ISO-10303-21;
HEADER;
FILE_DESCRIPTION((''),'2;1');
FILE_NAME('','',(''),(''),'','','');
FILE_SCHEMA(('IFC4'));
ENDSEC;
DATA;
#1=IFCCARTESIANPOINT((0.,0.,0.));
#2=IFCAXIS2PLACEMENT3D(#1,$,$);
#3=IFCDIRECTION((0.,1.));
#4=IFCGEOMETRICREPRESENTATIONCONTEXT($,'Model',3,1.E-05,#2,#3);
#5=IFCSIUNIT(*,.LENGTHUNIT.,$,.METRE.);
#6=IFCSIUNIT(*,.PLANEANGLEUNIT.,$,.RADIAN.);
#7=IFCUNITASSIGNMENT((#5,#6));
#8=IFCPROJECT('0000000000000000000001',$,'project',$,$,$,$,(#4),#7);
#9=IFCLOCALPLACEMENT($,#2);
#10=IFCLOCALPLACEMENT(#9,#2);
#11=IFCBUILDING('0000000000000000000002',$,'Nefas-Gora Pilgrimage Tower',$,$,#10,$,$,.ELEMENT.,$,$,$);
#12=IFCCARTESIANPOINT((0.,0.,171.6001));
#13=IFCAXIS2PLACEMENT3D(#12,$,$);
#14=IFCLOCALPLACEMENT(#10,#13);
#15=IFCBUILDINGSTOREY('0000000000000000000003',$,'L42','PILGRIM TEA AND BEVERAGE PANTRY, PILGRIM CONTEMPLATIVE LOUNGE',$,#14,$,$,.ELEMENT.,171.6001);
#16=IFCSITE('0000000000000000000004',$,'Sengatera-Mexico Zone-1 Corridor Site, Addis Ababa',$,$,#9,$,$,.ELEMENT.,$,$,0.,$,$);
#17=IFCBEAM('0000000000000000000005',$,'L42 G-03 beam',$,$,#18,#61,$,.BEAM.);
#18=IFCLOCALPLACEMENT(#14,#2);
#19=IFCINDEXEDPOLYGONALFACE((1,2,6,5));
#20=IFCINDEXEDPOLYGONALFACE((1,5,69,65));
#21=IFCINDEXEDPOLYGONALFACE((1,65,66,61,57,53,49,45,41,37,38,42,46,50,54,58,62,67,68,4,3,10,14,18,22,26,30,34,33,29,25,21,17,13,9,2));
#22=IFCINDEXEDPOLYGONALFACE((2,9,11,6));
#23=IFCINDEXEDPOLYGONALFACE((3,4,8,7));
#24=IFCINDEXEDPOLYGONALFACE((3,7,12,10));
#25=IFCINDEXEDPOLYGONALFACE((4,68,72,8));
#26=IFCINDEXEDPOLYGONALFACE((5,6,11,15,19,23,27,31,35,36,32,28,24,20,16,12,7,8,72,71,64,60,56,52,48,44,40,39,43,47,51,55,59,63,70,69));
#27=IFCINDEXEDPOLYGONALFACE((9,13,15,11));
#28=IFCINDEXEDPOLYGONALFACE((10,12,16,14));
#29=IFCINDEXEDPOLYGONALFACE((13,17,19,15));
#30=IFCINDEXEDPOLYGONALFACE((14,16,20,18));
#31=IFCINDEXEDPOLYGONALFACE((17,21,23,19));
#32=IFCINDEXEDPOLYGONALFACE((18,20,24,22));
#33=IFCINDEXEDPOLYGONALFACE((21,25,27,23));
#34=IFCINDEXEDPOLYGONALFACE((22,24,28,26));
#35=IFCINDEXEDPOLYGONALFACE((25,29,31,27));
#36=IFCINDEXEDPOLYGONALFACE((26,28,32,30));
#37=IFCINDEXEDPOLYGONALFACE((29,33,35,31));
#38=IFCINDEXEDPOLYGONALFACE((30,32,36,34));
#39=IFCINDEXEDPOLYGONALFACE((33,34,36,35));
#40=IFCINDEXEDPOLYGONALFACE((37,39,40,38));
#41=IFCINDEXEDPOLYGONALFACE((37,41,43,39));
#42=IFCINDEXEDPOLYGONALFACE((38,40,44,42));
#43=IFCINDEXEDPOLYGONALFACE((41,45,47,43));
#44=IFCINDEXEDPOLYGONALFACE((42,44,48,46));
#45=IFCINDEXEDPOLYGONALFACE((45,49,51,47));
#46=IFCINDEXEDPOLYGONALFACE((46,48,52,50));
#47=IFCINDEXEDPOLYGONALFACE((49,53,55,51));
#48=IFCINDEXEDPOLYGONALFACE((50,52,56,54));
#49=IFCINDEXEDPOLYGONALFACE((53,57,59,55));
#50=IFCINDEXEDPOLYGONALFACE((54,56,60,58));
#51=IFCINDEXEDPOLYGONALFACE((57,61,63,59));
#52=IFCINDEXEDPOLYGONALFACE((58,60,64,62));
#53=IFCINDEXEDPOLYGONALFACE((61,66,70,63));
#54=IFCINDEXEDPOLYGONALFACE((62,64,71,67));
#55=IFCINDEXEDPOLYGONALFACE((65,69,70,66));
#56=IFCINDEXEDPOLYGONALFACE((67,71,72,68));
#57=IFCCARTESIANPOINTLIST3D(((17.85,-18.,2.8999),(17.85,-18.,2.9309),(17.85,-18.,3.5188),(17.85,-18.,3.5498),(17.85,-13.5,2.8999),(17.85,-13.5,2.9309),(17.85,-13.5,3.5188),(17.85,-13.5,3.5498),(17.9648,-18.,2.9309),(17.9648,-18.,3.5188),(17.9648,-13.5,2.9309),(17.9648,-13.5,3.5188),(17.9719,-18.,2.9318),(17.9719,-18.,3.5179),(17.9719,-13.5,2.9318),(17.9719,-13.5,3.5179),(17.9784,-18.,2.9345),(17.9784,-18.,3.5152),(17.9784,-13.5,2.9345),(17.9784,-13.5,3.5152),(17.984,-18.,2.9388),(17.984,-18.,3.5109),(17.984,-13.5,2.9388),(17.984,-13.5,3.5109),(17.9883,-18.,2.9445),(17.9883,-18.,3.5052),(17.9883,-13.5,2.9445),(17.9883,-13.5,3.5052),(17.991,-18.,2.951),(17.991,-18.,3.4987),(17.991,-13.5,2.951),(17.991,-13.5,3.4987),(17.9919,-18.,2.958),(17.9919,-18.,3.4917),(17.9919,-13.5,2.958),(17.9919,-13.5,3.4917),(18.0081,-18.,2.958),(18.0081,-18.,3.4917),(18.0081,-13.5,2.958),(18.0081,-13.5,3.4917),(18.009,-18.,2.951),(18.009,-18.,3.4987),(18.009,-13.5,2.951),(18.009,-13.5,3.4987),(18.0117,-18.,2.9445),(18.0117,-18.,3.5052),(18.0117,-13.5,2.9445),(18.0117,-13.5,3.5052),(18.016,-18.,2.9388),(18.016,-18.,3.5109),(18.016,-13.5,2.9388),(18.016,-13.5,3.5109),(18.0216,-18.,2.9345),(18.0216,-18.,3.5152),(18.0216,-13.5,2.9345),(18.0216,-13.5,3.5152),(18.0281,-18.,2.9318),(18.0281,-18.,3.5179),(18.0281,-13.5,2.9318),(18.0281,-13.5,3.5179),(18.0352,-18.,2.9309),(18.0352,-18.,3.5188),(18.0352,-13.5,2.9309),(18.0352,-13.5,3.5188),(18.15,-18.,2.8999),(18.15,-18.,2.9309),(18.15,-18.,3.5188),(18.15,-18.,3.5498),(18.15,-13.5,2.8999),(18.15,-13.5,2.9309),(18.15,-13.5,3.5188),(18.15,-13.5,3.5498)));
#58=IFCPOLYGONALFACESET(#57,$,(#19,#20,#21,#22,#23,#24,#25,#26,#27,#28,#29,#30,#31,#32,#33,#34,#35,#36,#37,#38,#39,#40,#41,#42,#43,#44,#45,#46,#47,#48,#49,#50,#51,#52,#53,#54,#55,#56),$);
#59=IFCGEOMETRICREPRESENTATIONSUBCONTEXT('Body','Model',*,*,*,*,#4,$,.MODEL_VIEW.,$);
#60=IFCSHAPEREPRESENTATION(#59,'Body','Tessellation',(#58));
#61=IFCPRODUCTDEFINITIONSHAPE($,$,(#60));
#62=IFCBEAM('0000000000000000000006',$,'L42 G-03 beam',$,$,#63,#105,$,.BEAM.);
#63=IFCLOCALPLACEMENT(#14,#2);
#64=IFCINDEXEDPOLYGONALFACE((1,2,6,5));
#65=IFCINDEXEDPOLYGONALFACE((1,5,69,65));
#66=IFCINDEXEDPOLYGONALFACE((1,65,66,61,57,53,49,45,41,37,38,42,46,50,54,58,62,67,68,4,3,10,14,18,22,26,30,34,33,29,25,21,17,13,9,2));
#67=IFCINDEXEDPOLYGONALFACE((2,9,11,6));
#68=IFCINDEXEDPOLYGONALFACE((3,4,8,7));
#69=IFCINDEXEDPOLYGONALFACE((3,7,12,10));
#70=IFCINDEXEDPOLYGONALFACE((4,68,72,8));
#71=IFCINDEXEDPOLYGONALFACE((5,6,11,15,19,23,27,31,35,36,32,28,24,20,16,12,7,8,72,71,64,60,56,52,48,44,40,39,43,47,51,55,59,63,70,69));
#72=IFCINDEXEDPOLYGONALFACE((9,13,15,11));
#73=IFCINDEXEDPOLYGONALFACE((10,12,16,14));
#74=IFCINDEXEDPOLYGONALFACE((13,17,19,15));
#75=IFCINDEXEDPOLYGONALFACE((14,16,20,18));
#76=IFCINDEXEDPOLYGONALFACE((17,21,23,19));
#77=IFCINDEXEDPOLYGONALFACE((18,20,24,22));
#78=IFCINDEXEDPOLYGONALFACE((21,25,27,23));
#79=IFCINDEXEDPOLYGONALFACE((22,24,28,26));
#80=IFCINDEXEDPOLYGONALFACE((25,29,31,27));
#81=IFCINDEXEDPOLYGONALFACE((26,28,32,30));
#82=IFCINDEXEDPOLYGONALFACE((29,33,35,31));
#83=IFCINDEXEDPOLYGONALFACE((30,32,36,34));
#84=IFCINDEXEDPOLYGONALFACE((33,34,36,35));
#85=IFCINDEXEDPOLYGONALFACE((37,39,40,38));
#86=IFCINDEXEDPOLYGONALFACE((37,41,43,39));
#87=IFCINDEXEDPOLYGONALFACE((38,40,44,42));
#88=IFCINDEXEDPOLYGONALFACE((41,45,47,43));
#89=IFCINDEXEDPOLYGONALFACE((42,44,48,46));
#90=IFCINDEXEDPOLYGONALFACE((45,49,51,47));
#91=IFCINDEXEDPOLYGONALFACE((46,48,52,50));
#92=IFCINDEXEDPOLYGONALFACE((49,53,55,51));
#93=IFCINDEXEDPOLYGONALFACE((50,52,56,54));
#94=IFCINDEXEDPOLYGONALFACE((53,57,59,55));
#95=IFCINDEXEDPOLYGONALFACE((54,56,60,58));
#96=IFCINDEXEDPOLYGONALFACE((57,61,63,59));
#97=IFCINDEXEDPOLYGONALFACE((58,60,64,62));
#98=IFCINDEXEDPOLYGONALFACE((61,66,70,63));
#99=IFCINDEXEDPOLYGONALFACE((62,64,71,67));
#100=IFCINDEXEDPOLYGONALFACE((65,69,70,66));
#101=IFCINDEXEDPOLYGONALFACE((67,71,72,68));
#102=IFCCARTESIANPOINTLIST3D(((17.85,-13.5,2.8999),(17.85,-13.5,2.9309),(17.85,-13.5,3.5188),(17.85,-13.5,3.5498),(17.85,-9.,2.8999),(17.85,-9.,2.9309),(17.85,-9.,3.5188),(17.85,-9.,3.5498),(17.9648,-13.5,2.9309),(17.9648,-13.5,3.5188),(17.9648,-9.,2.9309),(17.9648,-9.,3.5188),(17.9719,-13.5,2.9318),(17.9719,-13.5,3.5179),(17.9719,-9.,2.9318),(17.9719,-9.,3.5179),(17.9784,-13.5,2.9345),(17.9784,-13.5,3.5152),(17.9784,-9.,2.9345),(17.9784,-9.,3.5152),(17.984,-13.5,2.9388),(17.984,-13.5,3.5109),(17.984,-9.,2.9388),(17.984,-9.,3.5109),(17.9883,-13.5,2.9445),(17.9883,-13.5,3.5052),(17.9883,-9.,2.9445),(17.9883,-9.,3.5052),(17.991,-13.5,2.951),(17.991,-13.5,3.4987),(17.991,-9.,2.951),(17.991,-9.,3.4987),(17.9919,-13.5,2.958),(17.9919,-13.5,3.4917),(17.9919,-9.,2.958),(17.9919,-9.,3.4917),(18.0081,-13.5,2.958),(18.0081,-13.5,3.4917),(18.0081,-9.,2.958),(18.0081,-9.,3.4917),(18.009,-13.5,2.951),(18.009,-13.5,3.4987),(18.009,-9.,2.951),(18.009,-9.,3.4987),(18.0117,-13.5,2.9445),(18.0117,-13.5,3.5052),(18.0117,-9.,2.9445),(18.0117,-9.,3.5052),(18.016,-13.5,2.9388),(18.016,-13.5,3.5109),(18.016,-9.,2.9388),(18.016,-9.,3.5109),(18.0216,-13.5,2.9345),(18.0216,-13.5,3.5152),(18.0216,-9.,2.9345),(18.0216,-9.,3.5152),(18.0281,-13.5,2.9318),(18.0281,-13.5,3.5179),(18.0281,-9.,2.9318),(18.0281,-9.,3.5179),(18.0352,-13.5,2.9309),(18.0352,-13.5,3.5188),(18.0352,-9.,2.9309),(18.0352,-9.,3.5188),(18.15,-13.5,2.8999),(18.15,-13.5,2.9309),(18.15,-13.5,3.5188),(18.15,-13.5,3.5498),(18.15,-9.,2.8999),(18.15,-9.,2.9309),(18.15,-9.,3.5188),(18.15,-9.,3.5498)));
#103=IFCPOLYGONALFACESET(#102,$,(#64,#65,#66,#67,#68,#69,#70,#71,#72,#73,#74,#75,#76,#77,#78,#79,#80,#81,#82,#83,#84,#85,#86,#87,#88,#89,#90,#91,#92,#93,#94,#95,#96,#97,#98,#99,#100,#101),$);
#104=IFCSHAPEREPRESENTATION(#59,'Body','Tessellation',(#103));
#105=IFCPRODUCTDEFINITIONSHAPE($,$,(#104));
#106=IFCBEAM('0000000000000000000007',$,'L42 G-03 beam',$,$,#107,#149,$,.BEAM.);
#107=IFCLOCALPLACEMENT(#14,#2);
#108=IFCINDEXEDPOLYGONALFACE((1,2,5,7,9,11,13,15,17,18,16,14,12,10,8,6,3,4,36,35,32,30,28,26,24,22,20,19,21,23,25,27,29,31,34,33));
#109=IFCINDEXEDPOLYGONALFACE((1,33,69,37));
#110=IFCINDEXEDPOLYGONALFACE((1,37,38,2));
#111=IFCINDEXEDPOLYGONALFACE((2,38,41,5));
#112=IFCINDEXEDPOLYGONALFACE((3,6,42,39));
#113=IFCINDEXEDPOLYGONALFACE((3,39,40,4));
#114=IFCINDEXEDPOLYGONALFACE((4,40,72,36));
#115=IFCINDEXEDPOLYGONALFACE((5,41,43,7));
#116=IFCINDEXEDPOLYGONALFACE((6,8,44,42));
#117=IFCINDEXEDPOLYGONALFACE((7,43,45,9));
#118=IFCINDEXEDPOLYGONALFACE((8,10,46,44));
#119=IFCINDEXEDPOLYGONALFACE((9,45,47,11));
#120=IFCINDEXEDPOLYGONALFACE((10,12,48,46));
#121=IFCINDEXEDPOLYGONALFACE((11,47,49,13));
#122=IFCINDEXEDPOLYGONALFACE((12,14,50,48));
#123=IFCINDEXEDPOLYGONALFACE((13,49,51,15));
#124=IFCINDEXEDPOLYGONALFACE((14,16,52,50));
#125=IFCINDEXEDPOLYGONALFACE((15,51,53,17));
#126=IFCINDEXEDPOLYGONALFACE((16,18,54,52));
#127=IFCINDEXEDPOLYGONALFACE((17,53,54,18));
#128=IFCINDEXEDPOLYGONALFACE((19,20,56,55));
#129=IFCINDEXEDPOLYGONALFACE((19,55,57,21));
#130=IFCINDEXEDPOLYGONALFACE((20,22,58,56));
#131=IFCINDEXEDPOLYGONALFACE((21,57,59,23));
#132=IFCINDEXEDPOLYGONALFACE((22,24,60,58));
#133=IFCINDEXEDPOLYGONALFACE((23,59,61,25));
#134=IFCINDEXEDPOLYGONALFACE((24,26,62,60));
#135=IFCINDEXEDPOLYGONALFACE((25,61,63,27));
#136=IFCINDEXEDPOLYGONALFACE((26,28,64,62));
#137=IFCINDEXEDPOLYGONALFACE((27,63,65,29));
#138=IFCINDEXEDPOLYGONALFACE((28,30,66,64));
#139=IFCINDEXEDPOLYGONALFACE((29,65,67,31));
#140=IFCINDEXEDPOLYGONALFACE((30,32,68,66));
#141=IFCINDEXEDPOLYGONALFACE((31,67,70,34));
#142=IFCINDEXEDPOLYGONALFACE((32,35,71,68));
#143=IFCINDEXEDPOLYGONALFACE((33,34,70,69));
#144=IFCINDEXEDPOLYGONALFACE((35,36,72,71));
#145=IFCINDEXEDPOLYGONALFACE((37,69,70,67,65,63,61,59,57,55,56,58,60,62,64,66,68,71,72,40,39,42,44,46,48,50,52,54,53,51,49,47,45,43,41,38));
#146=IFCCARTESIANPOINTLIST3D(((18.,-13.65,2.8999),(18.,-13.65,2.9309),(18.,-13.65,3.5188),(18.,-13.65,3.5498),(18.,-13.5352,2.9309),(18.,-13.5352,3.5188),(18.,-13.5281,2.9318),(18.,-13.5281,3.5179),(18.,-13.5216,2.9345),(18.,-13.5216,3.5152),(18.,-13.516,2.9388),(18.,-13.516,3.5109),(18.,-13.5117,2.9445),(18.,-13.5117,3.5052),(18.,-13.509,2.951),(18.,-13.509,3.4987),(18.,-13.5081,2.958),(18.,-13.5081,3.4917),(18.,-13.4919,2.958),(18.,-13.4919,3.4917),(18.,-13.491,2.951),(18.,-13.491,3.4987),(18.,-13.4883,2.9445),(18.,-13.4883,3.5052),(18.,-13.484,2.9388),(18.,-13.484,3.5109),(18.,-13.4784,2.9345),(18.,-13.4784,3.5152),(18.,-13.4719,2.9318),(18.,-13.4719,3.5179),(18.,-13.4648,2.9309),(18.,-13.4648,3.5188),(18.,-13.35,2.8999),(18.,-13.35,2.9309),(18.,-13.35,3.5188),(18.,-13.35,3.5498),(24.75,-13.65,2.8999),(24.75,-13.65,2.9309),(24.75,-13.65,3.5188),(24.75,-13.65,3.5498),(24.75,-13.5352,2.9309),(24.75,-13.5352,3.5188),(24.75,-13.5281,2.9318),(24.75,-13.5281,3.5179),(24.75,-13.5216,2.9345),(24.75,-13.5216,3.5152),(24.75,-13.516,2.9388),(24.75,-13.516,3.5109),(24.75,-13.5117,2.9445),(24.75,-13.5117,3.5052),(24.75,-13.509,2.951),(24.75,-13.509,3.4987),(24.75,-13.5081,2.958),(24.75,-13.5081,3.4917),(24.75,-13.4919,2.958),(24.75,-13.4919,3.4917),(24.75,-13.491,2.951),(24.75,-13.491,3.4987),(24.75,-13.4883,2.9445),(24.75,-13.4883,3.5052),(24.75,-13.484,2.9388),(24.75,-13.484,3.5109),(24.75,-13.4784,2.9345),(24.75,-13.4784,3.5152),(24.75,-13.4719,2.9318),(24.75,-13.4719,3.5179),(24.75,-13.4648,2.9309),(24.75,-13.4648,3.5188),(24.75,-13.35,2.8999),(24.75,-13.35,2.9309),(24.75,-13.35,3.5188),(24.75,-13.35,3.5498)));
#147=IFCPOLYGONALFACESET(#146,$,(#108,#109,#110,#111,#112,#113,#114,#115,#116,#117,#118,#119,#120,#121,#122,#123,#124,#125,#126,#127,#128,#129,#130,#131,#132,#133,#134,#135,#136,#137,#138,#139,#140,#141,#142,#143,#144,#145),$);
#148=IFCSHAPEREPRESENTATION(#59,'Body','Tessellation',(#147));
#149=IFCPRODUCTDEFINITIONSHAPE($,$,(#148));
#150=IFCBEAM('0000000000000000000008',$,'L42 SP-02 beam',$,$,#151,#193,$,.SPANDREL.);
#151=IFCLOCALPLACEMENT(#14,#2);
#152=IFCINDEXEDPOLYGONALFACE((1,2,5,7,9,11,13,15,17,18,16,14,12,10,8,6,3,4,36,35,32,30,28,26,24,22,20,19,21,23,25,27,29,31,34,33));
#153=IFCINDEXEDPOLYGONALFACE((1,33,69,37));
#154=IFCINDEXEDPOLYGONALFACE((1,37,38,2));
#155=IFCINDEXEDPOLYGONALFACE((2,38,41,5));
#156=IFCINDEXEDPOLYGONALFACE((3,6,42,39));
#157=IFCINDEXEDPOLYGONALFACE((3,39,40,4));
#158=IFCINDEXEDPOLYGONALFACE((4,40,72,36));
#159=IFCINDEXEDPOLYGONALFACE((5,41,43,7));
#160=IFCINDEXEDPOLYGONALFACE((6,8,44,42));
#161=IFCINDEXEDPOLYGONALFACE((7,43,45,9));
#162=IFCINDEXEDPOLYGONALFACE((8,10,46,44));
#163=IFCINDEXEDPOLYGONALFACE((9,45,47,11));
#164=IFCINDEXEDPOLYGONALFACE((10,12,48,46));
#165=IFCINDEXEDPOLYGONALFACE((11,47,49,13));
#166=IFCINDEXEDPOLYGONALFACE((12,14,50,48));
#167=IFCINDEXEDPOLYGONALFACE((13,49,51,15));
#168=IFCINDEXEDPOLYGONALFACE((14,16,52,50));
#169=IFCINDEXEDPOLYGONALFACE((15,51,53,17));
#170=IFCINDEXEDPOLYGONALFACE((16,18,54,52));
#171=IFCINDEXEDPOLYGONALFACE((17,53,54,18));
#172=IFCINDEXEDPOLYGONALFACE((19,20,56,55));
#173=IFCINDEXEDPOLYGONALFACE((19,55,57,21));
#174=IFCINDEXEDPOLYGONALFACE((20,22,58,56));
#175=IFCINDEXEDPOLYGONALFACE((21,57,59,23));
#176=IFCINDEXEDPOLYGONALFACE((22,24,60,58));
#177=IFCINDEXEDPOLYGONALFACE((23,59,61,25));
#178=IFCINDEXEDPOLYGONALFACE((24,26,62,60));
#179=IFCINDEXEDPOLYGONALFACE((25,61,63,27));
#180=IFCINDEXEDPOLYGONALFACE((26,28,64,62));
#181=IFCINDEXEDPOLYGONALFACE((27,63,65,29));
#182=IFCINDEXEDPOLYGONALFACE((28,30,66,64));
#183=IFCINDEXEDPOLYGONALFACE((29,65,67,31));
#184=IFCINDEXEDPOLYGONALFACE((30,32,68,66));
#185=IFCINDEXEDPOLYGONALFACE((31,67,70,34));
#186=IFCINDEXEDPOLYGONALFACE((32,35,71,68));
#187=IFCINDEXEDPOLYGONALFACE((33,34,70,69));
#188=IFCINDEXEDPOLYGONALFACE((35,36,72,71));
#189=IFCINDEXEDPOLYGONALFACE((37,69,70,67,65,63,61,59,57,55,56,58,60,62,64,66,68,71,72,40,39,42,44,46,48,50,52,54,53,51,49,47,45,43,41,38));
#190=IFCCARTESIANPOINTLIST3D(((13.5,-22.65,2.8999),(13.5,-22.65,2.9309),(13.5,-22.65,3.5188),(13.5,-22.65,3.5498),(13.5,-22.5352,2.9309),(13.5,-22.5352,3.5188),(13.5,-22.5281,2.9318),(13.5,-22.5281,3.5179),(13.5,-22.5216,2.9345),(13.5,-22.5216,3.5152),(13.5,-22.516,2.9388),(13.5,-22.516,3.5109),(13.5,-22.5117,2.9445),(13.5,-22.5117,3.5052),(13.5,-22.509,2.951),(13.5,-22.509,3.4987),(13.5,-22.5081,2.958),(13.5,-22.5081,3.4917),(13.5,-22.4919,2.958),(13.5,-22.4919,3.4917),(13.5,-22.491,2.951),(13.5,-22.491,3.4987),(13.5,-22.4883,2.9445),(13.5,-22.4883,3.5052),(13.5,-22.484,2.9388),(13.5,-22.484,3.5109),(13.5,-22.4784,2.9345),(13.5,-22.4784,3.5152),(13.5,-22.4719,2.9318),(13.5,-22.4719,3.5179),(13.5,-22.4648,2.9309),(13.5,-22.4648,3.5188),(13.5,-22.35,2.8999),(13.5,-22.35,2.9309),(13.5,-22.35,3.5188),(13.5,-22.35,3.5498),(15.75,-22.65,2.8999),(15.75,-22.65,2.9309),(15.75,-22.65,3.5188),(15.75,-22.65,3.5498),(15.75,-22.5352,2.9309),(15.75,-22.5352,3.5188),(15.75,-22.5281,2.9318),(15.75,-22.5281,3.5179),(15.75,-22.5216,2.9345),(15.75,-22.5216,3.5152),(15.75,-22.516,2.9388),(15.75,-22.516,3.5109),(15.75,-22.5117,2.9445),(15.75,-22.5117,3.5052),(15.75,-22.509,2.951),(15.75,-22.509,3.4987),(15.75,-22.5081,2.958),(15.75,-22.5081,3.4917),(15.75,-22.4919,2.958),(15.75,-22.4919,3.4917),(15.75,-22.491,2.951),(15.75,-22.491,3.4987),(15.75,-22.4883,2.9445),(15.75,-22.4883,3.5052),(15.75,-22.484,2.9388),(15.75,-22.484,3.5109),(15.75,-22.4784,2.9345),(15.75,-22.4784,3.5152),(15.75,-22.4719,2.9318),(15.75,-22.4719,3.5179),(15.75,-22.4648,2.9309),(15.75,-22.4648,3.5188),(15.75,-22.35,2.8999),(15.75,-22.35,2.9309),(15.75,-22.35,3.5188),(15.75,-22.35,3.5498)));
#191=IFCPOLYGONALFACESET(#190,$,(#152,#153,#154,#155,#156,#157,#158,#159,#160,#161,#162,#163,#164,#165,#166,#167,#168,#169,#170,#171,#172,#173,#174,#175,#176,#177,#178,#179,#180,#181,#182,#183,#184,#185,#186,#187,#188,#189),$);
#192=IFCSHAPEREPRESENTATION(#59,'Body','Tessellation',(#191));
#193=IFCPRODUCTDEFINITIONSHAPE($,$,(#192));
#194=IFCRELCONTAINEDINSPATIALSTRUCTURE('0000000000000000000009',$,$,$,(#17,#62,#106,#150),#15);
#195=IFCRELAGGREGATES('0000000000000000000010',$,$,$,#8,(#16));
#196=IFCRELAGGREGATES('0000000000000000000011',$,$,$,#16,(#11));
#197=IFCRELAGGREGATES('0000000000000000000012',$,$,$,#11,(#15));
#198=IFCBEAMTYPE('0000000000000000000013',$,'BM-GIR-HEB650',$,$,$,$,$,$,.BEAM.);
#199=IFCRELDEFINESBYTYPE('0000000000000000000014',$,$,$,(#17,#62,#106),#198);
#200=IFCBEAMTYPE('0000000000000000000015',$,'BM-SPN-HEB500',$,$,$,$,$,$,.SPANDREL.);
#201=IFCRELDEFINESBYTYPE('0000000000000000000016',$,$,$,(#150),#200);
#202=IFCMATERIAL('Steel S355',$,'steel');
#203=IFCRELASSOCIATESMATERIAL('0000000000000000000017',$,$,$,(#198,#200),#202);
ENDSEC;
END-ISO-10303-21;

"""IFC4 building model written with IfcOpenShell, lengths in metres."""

from ifc_helpers import new_model, si_unit, direction, frame, origin, origin_2d, place, context, subcontext, project, spatial, i_section, extrude, source, transform, mapped, material, material_profile, profile_set, type_object, element, save


model = new_model("IFC4")

# Units and contexts
model_context = context("Model", 3, precision=1e-05, world=origin(), true_north=direction((0.0, 1.0)))
body_context = subcontext(model_context, "Body", "Model", "MODEL_VIEW")
ifc_project = project(units=[si_unit("LENGTHUNIT", "METRE"), si_unit("PLANEANGLEUNIT", "RADIAN")], contexts=[model_context])

# Site, building, storey
site_placement = place(None, origin())
site = spatial("IfcSite", under=ifc_project, at=site_placement, Name="Sengatera-Mexico Zone-1 Corridor Site, Addis Ababa", CompositionType="ELEMENT", RefElevation=0.0)
building_placement = place(site_placement, origin())
building = spatial("IfcBuilding", under=site, at=building_placement, Name="Nefas-Gora Pilgrimage Tower", CompositionType="ELEMENT")
storey_placement = place(building_placement, frame((0.0, 0.0, 171.6001)))
storey = spatial("IfcBuildingStorey", under=building, at=storey_placement, Name="L42", Description="PILGRIM TEA AND BEVERAGE PANTRY, PILGRIM CONTEMPLATIVE LOUNGE", CompositionType="ELEMENT", Elevation=171.6001)

# Beams
ifc_material_1 = material(Name="Steel S355", Category="steel")
ifc_material_profile_1 = material_profile(ifc_material_1, i_section(OverallWidth=0.3, OverallDepth=0.6499, WebThickness=0.0161, FlangeThickness=0.031, FilletRadius=0.0271, at=origin_2d()), Name="HEB 650")
ifc_profile_set_1 = profile_set([ifc_material_profile_1], Name="Steel S355")
beam_type_1 = type_object("IfcBeamType", Name="BM-GIR-HEB650", PredefinedType="BEAM", material=ifc_profile_set_1)
shared_shape_1 = source(origin(), body_context, "Body", "SweptSolid", [
    extrude(i_section(OverallWidth=0.3, OverallDepth=0.6499, WebThickness=0.0161, FlangeThickness=0.031, FilletRadius=0.0271, at=origin_2d()), origin(), (0.0, 0.0, 1.0), 4.5),
])
for number, where, z_axis, x_axis, name in (
    (1, (18.0, -18.0, 3.2249), (0.0, 1.0, 0.0), (-1.0, 0.0, 0.0), "L42 G-03 beam"),
    (2, (18.0, -13.5, 3.2249), (0.0, 1.0, 0.0), (-1.0, 0.0, 0.0), "L42 G-03 beam"),
):
    element("IfcBeam", number, at=place(storey_placement, frame(where, z_axis=z_axis, x_axis=x_axis)), inside=storey, type_object=beam_type_1, Name=name, PredefinedType="BEAM", context=body_context, shape_type="MappedRepresentation", body=[
        mapped(shared_shape_1, transform((0.0, 0.0, 0.0), x_axis=(1.0, 0.0, 0.0), y_axis=(0.0, 1.0, 0.0), z_axis=(0.0, 0.0, 1.0), scale=1.0)),
    ])
shared_shape_2 = source(origin(), body_context, "Body", "SweptSolid", [
    extrude(i_section(OverallWidth=0.3, OverallDepth=0.6499, WebThickness=0.0161, FlangeThickness=0.031, FilletRadius=0.0271, at=origin_2d()), origin(), (0.0, 0.0, 1.0), 6.75),
])
beam_1_placement = place(storey_placement, frame((18.0, -13.5, 3.2249), z_axis=(1.0, 0.0, 0.0), x_axis=(0.0, 1.0, 0.0)))
element("IfcBeam", 3, at=beam_1_placement, inside=storey, type_object=beam_type_1, Name="L42 G-03 beam", PredefinedType="BEAM", context=body_context, shape_type="MappedRepresentation", body=[
    mapped(shared_shape_2, transform((0.0, 0.0, 0.0), x_axis=(1.0, 0.0, 0.0), y_axis=(0.0, 1.0, 0.0), z_axis=(0.0, 0.0, 1.0), scale=1.0)),
])
ifc_material_profile_2 = material_profile(ifc_material_1, i_section(OverallWidth=0.3, OverallDepth=0.6499, WebThickness=0.0161, FlangeThickness=0.031, FilletRadius=0.0271, at=origin_2d()), Name="HEB 650")
ifc_profile_set_2 = profile_set([ifc_material_profile_2], Name="Steel S355")
beam_type_2 = type_object("IfcBeamType", Name="BM-SPN-HEB500", PredefinedType="SPANDREL", material=ifc_profile_set_2)
shared_shape_3 = source(origin(), body_context, "Body", "SweptSolid", [
    extrude(i_section(OverallWidth=0.3, OverallDepth=0.6499, WebThickness=0.0161, FlangeThickness=0.031, FilletRadius=0.0271, at=origin_2d()), origin(), (0.0, 0.0, 1.0), 2.25),
])
for number, where, z_axis, x_axis, name in (
    (4, (13.5, -22.5, 3.2249), (1.0, 0.0, 0.0), (0.0, 1.0, 0.0), "L42 SP-02 beam"),
):
    element("IfcBeam", number, at=place(storey_placement, frame(where, z_axis=z_axis, x_axis=x_axis)), inside=storey, type_object=beam_type_2, Name=name, PredefinedType="SPANDREL", context=body_context, shape_type="MappedRepresentation", body=[
        mapped(shared_shape_3, transform((0.0, 0.0, 0.0), x_axis=(1.0, 0.0, 0.0), y_axis=(0.0, 1.0, 0.0), z_axis=(0.0, 0.0, 1.0), scale=1.0)),
    ])

save(model, "model.ifc")
